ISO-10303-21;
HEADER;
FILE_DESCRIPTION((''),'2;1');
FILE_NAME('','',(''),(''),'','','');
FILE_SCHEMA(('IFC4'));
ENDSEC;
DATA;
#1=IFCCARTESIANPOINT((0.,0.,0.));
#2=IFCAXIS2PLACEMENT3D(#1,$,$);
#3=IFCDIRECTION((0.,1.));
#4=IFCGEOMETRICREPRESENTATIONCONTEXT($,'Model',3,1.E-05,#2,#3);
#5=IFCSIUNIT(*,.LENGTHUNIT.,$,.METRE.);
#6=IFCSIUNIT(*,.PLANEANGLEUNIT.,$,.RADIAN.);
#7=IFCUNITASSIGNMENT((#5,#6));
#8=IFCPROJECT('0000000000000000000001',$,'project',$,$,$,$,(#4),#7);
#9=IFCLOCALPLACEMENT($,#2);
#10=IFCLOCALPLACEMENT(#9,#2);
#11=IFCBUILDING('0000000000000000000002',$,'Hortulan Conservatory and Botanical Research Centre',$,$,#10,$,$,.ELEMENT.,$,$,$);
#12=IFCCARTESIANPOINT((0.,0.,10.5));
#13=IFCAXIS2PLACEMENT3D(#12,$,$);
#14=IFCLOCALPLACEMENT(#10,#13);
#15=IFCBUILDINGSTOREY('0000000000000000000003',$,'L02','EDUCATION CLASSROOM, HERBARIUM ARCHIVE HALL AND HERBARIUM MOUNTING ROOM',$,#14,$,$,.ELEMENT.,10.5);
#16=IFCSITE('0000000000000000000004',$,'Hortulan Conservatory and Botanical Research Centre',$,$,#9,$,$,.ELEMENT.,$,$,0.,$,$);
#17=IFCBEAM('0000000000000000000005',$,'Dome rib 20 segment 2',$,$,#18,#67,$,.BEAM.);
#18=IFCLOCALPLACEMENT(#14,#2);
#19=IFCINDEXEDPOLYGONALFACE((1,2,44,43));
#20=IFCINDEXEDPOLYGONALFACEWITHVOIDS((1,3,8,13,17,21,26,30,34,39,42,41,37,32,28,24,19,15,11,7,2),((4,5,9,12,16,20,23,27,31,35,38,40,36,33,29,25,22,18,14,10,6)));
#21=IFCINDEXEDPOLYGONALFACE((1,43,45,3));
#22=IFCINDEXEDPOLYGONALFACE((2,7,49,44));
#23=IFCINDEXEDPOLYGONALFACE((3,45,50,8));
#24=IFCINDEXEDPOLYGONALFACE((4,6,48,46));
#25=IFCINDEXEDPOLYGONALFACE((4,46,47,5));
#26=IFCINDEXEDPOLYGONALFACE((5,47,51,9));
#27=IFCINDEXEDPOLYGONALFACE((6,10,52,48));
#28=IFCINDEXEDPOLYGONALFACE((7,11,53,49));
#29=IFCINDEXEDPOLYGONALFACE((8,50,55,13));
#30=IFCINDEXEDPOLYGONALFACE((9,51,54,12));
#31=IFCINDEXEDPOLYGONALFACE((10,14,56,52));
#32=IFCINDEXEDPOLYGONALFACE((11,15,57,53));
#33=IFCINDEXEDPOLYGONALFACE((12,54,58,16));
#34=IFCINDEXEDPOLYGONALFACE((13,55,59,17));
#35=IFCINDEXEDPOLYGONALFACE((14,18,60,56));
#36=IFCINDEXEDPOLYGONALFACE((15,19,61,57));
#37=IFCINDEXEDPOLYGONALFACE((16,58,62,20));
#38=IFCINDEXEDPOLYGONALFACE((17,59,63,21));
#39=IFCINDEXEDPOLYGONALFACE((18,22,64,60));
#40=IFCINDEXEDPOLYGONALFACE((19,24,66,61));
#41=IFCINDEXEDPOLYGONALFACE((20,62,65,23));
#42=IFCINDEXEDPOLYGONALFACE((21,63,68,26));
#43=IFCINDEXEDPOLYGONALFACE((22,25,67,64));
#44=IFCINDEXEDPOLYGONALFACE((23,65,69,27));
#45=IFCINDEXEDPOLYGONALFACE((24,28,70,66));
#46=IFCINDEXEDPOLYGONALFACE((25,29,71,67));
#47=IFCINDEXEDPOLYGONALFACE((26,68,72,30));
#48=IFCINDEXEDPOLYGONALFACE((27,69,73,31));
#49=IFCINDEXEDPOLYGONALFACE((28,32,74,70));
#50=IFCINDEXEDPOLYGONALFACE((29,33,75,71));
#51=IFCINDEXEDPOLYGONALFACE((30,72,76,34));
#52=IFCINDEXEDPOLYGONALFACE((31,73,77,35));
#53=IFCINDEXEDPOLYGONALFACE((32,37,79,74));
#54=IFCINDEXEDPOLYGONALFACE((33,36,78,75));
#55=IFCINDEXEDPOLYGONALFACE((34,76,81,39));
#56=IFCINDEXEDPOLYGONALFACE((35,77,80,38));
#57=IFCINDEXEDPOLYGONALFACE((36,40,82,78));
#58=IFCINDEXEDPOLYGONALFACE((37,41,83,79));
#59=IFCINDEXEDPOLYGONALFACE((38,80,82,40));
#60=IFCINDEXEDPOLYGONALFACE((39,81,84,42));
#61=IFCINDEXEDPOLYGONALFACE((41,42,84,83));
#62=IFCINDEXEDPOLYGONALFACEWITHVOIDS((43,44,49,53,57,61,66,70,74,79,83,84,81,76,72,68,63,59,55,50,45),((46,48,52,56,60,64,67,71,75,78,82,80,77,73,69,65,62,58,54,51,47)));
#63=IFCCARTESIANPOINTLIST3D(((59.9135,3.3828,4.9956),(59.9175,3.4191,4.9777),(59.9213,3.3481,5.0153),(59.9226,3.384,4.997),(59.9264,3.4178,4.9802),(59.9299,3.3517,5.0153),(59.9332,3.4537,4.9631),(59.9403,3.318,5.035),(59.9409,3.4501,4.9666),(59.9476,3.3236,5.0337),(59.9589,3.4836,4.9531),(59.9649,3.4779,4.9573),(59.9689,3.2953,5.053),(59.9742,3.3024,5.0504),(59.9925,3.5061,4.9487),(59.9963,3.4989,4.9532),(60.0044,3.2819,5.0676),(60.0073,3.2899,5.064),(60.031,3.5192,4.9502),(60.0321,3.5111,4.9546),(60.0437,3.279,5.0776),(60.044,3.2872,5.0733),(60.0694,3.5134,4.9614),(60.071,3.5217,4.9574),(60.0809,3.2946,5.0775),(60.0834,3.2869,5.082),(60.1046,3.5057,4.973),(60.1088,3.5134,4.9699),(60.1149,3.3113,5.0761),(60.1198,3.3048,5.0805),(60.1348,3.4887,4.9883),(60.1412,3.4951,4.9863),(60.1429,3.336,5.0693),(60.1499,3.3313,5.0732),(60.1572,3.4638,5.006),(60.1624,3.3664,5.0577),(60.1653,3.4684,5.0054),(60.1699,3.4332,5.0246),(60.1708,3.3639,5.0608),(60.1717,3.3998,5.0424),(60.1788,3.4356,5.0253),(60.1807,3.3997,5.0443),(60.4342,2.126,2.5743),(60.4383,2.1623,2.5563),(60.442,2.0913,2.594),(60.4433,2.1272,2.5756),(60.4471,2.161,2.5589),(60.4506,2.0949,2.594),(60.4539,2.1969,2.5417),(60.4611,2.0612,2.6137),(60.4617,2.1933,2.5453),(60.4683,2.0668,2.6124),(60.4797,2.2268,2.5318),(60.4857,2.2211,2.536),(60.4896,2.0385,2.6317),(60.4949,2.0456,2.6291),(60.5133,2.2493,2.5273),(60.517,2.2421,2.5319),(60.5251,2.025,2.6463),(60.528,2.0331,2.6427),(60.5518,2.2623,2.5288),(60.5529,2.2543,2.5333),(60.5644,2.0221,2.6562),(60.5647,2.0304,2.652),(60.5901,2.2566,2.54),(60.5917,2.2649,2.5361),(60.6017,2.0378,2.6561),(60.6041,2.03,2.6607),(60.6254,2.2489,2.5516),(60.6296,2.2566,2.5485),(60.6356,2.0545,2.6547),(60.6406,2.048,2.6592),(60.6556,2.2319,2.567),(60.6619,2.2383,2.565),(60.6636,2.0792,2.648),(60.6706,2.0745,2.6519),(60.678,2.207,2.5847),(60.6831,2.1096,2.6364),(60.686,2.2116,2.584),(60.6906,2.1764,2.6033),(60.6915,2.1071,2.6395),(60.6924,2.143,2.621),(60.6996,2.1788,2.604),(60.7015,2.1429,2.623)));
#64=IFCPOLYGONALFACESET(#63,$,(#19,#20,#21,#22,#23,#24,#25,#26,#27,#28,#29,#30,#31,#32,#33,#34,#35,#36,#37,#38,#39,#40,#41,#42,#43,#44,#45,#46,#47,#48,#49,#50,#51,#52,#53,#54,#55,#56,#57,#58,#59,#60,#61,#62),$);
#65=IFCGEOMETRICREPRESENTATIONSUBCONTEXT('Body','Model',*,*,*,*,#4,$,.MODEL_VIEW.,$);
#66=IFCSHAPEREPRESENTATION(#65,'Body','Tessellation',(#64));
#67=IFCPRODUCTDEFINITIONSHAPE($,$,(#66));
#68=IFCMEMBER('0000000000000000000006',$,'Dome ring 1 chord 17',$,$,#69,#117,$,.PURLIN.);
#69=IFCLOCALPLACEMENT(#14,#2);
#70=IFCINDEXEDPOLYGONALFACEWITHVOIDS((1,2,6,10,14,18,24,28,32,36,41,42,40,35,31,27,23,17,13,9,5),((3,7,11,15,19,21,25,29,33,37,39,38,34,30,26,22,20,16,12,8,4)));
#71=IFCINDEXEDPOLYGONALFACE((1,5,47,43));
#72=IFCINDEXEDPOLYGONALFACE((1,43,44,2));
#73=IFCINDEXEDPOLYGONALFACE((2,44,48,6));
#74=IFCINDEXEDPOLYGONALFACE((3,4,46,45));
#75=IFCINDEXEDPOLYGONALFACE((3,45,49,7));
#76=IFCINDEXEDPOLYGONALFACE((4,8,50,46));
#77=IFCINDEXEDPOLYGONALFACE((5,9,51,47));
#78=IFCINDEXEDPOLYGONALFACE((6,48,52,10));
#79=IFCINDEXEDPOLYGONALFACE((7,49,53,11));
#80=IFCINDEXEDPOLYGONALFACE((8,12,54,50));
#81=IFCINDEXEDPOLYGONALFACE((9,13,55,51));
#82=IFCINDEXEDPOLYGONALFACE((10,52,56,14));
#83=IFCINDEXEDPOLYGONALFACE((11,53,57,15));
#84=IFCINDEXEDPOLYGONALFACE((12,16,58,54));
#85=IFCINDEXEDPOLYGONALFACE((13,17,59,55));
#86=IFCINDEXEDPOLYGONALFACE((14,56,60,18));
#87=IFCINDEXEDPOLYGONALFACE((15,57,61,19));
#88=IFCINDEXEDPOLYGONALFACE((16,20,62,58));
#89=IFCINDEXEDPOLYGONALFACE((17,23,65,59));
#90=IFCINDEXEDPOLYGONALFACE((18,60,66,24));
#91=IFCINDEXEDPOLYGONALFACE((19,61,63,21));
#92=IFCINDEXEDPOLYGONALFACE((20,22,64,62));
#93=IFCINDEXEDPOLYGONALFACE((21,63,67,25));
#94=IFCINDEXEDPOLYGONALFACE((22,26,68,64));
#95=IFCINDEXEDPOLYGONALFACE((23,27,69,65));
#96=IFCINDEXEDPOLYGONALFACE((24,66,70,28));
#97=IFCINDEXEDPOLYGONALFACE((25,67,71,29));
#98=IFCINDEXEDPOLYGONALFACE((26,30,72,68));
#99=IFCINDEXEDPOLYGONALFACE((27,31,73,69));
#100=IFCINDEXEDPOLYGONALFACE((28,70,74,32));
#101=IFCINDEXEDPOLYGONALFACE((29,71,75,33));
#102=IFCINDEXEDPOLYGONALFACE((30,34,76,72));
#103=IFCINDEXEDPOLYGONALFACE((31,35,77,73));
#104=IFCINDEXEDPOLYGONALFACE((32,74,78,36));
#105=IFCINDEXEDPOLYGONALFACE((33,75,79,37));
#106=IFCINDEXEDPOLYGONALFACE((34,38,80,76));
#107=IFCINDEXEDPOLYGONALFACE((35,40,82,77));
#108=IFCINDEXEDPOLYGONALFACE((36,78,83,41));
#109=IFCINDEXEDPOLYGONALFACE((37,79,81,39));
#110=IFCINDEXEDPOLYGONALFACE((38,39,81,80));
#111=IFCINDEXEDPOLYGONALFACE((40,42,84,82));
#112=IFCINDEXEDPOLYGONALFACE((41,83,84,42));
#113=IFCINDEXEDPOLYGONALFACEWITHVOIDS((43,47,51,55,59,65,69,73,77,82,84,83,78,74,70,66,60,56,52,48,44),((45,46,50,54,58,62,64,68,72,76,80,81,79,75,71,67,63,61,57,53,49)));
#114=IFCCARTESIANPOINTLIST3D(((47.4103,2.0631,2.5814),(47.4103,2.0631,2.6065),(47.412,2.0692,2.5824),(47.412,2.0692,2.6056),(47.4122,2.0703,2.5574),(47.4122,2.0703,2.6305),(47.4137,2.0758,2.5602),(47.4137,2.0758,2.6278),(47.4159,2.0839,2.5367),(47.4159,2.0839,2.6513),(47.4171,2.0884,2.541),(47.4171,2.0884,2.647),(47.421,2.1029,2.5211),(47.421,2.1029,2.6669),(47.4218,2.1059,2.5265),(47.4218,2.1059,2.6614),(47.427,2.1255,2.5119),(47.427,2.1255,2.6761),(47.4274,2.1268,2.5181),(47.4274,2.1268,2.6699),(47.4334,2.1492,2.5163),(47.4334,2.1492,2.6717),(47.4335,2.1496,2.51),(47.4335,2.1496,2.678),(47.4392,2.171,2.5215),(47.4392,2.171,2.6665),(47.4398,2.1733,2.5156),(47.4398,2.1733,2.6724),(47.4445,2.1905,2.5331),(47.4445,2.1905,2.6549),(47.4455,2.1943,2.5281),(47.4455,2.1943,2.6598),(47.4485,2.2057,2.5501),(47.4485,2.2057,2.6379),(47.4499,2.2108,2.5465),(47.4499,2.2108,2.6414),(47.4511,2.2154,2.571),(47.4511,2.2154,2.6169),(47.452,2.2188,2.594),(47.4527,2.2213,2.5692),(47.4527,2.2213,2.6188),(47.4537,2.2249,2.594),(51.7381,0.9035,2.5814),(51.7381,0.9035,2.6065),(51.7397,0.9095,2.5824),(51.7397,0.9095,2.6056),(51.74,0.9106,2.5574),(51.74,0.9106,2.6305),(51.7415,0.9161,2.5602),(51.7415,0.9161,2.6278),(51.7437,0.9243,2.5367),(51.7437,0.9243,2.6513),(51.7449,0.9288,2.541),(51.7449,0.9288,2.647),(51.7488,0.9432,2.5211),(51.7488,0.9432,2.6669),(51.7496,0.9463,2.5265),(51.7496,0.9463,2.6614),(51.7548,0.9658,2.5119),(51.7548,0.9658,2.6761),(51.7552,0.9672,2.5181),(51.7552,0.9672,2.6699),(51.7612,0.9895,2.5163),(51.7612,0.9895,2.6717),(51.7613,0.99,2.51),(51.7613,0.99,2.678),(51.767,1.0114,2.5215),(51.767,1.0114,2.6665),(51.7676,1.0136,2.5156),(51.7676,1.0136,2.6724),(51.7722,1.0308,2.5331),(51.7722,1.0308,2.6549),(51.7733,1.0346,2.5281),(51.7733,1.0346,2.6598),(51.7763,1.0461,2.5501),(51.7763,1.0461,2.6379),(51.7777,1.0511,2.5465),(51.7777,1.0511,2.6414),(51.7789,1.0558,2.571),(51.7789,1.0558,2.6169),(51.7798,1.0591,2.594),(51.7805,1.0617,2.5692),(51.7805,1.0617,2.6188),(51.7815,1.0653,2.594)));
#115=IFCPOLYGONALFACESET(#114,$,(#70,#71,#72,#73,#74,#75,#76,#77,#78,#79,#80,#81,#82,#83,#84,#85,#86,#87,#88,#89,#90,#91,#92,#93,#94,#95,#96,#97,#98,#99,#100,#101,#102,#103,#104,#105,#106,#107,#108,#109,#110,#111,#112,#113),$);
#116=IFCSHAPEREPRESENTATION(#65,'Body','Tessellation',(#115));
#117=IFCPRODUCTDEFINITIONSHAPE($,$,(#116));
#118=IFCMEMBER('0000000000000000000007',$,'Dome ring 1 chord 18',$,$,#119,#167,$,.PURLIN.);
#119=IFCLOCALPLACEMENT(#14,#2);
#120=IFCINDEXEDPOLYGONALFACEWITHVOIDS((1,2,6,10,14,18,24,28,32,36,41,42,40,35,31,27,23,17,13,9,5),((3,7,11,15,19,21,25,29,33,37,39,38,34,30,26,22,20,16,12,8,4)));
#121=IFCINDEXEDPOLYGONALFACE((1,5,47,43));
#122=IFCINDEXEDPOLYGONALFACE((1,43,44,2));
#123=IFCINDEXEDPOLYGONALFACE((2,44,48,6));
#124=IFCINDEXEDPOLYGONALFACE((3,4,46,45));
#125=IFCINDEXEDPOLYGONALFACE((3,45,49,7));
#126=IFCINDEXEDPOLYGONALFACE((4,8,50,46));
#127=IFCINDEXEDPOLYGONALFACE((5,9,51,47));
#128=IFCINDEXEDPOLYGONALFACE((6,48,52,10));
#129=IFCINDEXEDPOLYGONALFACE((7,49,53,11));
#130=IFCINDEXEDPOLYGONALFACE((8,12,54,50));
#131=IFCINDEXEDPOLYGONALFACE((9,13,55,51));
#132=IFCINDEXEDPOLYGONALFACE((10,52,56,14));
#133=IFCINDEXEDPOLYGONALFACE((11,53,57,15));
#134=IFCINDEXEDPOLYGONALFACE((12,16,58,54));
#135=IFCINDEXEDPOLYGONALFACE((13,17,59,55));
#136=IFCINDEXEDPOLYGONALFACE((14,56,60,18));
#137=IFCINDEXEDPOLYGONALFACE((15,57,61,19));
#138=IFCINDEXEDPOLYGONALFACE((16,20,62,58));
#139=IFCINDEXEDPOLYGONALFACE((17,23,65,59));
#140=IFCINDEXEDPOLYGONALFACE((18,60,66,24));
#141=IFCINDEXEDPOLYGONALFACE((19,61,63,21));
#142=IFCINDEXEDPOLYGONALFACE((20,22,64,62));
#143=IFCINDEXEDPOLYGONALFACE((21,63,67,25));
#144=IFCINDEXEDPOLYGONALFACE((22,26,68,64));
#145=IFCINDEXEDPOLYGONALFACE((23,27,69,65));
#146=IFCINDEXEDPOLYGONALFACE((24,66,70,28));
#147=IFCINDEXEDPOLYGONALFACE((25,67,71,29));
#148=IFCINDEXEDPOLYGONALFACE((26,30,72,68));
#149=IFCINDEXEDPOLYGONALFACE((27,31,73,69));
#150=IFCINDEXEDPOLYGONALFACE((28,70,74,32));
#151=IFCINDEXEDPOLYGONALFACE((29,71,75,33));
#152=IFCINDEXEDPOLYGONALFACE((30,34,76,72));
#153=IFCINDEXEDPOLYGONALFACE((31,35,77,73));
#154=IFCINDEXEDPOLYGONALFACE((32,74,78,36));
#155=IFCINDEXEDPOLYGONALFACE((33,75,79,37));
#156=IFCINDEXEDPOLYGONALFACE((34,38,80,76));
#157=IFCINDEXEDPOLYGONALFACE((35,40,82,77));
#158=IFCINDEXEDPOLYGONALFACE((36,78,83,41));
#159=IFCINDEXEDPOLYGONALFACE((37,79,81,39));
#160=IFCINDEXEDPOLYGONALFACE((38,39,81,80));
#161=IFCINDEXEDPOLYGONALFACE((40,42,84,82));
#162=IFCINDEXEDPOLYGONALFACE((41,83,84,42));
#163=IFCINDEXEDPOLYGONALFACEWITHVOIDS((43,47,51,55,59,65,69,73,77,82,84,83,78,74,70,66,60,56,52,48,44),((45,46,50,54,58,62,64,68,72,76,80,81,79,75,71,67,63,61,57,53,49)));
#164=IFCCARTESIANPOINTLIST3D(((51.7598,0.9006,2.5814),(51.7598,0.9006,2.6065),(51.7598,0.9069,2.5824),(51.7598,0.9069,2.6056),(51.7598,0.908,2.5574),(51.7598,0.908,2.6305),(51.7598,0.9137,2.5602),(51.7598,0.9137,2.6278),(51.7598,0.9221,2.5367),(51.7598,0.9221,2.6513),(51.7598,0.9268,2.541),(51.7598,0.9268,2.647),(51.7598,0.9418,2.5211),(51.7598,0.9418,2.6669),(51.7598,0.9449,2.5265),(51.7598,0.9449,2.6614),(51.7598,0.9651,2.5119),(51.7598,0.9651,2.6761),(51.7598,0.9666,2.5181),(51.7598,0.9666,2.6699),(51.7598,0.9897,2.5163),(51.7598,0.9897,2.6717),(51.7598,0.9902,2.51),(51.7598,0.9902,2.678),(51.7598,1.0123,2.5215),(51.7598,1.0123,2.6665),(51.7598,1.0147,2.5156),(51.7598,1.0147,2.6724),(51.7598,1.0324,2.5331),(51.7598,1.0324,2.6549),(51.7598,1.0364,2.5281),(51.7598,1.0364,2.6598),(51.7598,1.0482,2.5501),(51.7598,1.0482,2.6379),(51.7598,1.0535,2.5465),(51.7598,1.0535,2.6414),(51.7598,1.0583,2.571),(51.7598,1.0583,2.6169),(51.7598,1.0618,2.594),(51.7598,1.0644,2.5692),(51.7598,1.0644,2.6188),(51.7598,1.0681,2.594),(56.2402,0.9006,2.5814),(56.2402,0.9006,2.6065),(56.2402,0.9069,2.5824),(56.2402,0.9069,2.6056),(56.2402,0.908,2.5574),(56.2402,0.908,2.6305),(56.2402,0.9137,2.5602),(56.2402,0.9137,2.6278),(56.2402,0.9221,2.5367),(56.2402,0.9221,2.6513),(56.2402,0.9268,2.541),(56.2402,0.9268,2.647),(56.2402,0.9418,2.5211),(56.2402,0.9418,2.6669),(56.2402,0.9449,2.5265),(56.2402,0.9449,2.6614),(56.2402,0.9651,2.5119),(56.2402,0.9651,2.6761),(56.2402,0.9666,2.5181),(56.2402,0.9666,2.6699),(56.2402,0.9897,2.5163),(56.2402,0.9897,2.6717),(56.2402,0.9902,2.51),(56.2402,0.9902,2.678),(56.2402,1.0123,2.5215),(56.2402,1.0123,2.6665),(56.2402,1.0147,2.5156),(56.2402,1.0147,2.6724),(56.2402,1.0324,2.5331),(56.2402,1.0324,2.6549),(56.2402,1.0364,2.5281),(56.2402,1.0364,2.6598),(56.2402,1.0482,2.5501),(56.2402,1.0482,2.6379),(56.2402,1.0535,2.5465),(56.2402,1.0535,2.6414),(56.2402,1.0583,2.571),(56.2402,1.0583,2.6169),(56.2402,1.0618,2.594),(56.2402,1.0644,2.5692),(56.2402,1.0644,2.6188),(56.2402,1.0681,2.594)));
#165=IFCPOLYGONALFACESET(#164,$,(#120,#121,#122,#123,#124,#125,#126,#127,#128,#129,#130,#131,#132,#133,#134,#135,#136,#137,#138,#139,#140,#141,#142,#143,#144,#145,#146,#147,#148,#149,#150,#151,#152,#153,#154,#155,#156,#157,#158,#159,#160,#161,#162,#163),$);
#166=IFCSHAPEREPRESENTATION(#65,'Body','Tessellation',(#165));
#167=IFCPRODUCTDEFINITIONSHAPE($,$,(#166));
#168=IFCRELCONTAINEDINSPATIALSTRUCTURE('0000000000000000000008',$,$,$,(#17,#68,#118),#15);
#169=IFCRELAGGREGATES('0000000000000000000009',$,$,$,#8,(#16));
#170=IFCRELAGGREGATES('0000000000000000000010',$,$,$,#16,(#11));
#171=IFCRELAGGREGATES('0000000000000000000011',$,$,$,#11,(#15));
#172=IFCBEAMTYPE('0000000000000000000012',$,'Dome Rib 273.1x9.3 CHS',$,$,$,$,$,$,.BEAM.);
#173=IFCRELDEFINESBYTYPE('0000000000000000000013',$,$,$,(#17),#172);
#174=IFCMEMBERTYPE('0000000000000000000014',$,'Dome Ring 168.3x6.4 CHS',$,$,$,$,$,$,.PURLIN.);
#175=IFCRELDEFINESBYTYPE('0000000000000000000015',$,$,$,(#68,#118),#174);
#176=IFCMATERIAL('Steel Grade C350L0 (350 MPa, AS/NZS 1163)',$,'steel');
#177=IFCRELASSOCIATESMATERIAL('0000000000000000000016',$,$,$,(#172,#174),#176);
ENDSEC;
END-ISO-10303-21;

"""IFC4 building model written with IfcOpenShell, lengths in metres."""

from ifc_helpers import new_model, si_unit, direction, frame, origin, origin_2d, place, context, subcontext, project, spatial, hollow_circle, extrude, material, material_profile, profile_set, type_object, element, save


model = new_model("IFC4")

# Units and contexts
model_context = context("Model", 3, precision=1e-05, world=origin(), true_north=direction((0.0, 1.0)))
body_context = subcontext(model_context, "Body", "Model", "MODEL_VIEW")
ifc_project = project(units=[si_unit("LENGTHUNIT", "METRE"), si_unit("PLANEANGLEUNIT", "RADIAN")], contexts=[model_context])

# Site, building, storey
site_placement = place(None, origin())
site = spatial("IfcSite", under=ifc_project, at=site_placement, Name="Hortulan Conservatory and Botanical Research Centre", CompositionType="ELEMENT", RefElevation=0.0)
building_placement = place(site_placement, origin())
building = spatial("IfcBuilding", under=site, at=building_placement, Name="Hortulan Conservatory and Botanical Research Centre", CompositionType="ELEMENT")
storey_placement = place(building_placement, frame((0.0, 0.0, 10.5)))
storey = spatial("IfcBuildingStorey", under=building, at=storey_placement, Name="L02", Description="EDUCATION CLASSROOM, HERBARIUM ARCHIVE HALL AND HERBARIUM MOUNTING ROOM", CompositionType="ELEMENT", Elevation=10.5)

# Beam
ifc_material_1 = material(Name="Steel Grade C350L0 (350 MPa, AS/NZS 1163)", Category="steel")
ifc_material_profile_1 = material_profile(ifc_material_1, hollow_circle(Radius=0.1365, WallThickness=0.0093, at=origin_2d()), Name="273.1x9.3CHS")
ifc_profile_set_1 = profile_set([ifc_material_profile_1], Name="Steel Grade C350L0 (350 MPa, AS/NZS 1163)")
beam_type_1 = type_object("IfcBeamType", Name="Dome Rib 273.1x9.3 CHS", PredefinedType="BEAM", material=ifc_profile_set_1)
for number, where, z_axis, x_axis, name in (
    (1, (60.5681, 2.1436, 2.594), (-0.187496, 0.452523, 0.871819), (-0.92384, -0.38278, 0.0), "Dome rib 20 segment 2"),
):
    element("IfcBeam", number, at=place(storey_placement, frame(where, z_axis=z_axis, x_axis=x_axis)), inside=storey, type_object=beam_type_1, Name=name, PredefinedType="BEAM", context=body_context, shape_type="SweptSolid", body=[
        extrude(hollow_circle(Radius=0.1365, WallThickness=0.0093, at=origin_2d()), origin(), (0.0, 0.0, 1.0), 2.7773),
    ])

# Members
ifc_material_profile_2 = material_profile(ifc_material_1, hollow_circle(Radius=0.0842, WallThickness=0.0063, at=origin_2d()), Name="168.3x6.4CHS")
ifc_profile_set_2 = profile_set([ifc_material_profile_2], Name="Steel Grade C350L0 (350 MPa, AS/NZS 1163)")
member_type_1 = type_object("IfcMemberType", Name="Dome Ring 168.3x6.4 CHS", PredefinedType="PURLIN", material=ifc_profile_set_2)
for number, where, z_axis, x_axis, name in (
    (2, (47.4319, 2.1436, 2.594), (0.965925, -0.258822, 0.0), (0.258822, 0.965925, 0.0), "Dome ring 1 chord 17"),
    (3, (51.7598, 0.9839, 2.594), (1.0, 0.0, 0.0), (0.0, 1.0, 0.0), "Dome ring 1 chord 18"),
):
    element("IfcMember", number, at=place(storey_placement, frame(where, z_axis=z_axis, x_axis=x_axis)), inside=storey, type_object=member_type_1, Name=name, PredefinedType="PURLIN", context=body_context, shape_type="SweptSolid", body=[
        extrude(hollow_circle(Radius=0.0842, WallThickness=0.0063, at=origin_2d()), origin(), (0.0, 0.0, 1.0), 4.4805),
    ])

save(model, "model.ifc")
